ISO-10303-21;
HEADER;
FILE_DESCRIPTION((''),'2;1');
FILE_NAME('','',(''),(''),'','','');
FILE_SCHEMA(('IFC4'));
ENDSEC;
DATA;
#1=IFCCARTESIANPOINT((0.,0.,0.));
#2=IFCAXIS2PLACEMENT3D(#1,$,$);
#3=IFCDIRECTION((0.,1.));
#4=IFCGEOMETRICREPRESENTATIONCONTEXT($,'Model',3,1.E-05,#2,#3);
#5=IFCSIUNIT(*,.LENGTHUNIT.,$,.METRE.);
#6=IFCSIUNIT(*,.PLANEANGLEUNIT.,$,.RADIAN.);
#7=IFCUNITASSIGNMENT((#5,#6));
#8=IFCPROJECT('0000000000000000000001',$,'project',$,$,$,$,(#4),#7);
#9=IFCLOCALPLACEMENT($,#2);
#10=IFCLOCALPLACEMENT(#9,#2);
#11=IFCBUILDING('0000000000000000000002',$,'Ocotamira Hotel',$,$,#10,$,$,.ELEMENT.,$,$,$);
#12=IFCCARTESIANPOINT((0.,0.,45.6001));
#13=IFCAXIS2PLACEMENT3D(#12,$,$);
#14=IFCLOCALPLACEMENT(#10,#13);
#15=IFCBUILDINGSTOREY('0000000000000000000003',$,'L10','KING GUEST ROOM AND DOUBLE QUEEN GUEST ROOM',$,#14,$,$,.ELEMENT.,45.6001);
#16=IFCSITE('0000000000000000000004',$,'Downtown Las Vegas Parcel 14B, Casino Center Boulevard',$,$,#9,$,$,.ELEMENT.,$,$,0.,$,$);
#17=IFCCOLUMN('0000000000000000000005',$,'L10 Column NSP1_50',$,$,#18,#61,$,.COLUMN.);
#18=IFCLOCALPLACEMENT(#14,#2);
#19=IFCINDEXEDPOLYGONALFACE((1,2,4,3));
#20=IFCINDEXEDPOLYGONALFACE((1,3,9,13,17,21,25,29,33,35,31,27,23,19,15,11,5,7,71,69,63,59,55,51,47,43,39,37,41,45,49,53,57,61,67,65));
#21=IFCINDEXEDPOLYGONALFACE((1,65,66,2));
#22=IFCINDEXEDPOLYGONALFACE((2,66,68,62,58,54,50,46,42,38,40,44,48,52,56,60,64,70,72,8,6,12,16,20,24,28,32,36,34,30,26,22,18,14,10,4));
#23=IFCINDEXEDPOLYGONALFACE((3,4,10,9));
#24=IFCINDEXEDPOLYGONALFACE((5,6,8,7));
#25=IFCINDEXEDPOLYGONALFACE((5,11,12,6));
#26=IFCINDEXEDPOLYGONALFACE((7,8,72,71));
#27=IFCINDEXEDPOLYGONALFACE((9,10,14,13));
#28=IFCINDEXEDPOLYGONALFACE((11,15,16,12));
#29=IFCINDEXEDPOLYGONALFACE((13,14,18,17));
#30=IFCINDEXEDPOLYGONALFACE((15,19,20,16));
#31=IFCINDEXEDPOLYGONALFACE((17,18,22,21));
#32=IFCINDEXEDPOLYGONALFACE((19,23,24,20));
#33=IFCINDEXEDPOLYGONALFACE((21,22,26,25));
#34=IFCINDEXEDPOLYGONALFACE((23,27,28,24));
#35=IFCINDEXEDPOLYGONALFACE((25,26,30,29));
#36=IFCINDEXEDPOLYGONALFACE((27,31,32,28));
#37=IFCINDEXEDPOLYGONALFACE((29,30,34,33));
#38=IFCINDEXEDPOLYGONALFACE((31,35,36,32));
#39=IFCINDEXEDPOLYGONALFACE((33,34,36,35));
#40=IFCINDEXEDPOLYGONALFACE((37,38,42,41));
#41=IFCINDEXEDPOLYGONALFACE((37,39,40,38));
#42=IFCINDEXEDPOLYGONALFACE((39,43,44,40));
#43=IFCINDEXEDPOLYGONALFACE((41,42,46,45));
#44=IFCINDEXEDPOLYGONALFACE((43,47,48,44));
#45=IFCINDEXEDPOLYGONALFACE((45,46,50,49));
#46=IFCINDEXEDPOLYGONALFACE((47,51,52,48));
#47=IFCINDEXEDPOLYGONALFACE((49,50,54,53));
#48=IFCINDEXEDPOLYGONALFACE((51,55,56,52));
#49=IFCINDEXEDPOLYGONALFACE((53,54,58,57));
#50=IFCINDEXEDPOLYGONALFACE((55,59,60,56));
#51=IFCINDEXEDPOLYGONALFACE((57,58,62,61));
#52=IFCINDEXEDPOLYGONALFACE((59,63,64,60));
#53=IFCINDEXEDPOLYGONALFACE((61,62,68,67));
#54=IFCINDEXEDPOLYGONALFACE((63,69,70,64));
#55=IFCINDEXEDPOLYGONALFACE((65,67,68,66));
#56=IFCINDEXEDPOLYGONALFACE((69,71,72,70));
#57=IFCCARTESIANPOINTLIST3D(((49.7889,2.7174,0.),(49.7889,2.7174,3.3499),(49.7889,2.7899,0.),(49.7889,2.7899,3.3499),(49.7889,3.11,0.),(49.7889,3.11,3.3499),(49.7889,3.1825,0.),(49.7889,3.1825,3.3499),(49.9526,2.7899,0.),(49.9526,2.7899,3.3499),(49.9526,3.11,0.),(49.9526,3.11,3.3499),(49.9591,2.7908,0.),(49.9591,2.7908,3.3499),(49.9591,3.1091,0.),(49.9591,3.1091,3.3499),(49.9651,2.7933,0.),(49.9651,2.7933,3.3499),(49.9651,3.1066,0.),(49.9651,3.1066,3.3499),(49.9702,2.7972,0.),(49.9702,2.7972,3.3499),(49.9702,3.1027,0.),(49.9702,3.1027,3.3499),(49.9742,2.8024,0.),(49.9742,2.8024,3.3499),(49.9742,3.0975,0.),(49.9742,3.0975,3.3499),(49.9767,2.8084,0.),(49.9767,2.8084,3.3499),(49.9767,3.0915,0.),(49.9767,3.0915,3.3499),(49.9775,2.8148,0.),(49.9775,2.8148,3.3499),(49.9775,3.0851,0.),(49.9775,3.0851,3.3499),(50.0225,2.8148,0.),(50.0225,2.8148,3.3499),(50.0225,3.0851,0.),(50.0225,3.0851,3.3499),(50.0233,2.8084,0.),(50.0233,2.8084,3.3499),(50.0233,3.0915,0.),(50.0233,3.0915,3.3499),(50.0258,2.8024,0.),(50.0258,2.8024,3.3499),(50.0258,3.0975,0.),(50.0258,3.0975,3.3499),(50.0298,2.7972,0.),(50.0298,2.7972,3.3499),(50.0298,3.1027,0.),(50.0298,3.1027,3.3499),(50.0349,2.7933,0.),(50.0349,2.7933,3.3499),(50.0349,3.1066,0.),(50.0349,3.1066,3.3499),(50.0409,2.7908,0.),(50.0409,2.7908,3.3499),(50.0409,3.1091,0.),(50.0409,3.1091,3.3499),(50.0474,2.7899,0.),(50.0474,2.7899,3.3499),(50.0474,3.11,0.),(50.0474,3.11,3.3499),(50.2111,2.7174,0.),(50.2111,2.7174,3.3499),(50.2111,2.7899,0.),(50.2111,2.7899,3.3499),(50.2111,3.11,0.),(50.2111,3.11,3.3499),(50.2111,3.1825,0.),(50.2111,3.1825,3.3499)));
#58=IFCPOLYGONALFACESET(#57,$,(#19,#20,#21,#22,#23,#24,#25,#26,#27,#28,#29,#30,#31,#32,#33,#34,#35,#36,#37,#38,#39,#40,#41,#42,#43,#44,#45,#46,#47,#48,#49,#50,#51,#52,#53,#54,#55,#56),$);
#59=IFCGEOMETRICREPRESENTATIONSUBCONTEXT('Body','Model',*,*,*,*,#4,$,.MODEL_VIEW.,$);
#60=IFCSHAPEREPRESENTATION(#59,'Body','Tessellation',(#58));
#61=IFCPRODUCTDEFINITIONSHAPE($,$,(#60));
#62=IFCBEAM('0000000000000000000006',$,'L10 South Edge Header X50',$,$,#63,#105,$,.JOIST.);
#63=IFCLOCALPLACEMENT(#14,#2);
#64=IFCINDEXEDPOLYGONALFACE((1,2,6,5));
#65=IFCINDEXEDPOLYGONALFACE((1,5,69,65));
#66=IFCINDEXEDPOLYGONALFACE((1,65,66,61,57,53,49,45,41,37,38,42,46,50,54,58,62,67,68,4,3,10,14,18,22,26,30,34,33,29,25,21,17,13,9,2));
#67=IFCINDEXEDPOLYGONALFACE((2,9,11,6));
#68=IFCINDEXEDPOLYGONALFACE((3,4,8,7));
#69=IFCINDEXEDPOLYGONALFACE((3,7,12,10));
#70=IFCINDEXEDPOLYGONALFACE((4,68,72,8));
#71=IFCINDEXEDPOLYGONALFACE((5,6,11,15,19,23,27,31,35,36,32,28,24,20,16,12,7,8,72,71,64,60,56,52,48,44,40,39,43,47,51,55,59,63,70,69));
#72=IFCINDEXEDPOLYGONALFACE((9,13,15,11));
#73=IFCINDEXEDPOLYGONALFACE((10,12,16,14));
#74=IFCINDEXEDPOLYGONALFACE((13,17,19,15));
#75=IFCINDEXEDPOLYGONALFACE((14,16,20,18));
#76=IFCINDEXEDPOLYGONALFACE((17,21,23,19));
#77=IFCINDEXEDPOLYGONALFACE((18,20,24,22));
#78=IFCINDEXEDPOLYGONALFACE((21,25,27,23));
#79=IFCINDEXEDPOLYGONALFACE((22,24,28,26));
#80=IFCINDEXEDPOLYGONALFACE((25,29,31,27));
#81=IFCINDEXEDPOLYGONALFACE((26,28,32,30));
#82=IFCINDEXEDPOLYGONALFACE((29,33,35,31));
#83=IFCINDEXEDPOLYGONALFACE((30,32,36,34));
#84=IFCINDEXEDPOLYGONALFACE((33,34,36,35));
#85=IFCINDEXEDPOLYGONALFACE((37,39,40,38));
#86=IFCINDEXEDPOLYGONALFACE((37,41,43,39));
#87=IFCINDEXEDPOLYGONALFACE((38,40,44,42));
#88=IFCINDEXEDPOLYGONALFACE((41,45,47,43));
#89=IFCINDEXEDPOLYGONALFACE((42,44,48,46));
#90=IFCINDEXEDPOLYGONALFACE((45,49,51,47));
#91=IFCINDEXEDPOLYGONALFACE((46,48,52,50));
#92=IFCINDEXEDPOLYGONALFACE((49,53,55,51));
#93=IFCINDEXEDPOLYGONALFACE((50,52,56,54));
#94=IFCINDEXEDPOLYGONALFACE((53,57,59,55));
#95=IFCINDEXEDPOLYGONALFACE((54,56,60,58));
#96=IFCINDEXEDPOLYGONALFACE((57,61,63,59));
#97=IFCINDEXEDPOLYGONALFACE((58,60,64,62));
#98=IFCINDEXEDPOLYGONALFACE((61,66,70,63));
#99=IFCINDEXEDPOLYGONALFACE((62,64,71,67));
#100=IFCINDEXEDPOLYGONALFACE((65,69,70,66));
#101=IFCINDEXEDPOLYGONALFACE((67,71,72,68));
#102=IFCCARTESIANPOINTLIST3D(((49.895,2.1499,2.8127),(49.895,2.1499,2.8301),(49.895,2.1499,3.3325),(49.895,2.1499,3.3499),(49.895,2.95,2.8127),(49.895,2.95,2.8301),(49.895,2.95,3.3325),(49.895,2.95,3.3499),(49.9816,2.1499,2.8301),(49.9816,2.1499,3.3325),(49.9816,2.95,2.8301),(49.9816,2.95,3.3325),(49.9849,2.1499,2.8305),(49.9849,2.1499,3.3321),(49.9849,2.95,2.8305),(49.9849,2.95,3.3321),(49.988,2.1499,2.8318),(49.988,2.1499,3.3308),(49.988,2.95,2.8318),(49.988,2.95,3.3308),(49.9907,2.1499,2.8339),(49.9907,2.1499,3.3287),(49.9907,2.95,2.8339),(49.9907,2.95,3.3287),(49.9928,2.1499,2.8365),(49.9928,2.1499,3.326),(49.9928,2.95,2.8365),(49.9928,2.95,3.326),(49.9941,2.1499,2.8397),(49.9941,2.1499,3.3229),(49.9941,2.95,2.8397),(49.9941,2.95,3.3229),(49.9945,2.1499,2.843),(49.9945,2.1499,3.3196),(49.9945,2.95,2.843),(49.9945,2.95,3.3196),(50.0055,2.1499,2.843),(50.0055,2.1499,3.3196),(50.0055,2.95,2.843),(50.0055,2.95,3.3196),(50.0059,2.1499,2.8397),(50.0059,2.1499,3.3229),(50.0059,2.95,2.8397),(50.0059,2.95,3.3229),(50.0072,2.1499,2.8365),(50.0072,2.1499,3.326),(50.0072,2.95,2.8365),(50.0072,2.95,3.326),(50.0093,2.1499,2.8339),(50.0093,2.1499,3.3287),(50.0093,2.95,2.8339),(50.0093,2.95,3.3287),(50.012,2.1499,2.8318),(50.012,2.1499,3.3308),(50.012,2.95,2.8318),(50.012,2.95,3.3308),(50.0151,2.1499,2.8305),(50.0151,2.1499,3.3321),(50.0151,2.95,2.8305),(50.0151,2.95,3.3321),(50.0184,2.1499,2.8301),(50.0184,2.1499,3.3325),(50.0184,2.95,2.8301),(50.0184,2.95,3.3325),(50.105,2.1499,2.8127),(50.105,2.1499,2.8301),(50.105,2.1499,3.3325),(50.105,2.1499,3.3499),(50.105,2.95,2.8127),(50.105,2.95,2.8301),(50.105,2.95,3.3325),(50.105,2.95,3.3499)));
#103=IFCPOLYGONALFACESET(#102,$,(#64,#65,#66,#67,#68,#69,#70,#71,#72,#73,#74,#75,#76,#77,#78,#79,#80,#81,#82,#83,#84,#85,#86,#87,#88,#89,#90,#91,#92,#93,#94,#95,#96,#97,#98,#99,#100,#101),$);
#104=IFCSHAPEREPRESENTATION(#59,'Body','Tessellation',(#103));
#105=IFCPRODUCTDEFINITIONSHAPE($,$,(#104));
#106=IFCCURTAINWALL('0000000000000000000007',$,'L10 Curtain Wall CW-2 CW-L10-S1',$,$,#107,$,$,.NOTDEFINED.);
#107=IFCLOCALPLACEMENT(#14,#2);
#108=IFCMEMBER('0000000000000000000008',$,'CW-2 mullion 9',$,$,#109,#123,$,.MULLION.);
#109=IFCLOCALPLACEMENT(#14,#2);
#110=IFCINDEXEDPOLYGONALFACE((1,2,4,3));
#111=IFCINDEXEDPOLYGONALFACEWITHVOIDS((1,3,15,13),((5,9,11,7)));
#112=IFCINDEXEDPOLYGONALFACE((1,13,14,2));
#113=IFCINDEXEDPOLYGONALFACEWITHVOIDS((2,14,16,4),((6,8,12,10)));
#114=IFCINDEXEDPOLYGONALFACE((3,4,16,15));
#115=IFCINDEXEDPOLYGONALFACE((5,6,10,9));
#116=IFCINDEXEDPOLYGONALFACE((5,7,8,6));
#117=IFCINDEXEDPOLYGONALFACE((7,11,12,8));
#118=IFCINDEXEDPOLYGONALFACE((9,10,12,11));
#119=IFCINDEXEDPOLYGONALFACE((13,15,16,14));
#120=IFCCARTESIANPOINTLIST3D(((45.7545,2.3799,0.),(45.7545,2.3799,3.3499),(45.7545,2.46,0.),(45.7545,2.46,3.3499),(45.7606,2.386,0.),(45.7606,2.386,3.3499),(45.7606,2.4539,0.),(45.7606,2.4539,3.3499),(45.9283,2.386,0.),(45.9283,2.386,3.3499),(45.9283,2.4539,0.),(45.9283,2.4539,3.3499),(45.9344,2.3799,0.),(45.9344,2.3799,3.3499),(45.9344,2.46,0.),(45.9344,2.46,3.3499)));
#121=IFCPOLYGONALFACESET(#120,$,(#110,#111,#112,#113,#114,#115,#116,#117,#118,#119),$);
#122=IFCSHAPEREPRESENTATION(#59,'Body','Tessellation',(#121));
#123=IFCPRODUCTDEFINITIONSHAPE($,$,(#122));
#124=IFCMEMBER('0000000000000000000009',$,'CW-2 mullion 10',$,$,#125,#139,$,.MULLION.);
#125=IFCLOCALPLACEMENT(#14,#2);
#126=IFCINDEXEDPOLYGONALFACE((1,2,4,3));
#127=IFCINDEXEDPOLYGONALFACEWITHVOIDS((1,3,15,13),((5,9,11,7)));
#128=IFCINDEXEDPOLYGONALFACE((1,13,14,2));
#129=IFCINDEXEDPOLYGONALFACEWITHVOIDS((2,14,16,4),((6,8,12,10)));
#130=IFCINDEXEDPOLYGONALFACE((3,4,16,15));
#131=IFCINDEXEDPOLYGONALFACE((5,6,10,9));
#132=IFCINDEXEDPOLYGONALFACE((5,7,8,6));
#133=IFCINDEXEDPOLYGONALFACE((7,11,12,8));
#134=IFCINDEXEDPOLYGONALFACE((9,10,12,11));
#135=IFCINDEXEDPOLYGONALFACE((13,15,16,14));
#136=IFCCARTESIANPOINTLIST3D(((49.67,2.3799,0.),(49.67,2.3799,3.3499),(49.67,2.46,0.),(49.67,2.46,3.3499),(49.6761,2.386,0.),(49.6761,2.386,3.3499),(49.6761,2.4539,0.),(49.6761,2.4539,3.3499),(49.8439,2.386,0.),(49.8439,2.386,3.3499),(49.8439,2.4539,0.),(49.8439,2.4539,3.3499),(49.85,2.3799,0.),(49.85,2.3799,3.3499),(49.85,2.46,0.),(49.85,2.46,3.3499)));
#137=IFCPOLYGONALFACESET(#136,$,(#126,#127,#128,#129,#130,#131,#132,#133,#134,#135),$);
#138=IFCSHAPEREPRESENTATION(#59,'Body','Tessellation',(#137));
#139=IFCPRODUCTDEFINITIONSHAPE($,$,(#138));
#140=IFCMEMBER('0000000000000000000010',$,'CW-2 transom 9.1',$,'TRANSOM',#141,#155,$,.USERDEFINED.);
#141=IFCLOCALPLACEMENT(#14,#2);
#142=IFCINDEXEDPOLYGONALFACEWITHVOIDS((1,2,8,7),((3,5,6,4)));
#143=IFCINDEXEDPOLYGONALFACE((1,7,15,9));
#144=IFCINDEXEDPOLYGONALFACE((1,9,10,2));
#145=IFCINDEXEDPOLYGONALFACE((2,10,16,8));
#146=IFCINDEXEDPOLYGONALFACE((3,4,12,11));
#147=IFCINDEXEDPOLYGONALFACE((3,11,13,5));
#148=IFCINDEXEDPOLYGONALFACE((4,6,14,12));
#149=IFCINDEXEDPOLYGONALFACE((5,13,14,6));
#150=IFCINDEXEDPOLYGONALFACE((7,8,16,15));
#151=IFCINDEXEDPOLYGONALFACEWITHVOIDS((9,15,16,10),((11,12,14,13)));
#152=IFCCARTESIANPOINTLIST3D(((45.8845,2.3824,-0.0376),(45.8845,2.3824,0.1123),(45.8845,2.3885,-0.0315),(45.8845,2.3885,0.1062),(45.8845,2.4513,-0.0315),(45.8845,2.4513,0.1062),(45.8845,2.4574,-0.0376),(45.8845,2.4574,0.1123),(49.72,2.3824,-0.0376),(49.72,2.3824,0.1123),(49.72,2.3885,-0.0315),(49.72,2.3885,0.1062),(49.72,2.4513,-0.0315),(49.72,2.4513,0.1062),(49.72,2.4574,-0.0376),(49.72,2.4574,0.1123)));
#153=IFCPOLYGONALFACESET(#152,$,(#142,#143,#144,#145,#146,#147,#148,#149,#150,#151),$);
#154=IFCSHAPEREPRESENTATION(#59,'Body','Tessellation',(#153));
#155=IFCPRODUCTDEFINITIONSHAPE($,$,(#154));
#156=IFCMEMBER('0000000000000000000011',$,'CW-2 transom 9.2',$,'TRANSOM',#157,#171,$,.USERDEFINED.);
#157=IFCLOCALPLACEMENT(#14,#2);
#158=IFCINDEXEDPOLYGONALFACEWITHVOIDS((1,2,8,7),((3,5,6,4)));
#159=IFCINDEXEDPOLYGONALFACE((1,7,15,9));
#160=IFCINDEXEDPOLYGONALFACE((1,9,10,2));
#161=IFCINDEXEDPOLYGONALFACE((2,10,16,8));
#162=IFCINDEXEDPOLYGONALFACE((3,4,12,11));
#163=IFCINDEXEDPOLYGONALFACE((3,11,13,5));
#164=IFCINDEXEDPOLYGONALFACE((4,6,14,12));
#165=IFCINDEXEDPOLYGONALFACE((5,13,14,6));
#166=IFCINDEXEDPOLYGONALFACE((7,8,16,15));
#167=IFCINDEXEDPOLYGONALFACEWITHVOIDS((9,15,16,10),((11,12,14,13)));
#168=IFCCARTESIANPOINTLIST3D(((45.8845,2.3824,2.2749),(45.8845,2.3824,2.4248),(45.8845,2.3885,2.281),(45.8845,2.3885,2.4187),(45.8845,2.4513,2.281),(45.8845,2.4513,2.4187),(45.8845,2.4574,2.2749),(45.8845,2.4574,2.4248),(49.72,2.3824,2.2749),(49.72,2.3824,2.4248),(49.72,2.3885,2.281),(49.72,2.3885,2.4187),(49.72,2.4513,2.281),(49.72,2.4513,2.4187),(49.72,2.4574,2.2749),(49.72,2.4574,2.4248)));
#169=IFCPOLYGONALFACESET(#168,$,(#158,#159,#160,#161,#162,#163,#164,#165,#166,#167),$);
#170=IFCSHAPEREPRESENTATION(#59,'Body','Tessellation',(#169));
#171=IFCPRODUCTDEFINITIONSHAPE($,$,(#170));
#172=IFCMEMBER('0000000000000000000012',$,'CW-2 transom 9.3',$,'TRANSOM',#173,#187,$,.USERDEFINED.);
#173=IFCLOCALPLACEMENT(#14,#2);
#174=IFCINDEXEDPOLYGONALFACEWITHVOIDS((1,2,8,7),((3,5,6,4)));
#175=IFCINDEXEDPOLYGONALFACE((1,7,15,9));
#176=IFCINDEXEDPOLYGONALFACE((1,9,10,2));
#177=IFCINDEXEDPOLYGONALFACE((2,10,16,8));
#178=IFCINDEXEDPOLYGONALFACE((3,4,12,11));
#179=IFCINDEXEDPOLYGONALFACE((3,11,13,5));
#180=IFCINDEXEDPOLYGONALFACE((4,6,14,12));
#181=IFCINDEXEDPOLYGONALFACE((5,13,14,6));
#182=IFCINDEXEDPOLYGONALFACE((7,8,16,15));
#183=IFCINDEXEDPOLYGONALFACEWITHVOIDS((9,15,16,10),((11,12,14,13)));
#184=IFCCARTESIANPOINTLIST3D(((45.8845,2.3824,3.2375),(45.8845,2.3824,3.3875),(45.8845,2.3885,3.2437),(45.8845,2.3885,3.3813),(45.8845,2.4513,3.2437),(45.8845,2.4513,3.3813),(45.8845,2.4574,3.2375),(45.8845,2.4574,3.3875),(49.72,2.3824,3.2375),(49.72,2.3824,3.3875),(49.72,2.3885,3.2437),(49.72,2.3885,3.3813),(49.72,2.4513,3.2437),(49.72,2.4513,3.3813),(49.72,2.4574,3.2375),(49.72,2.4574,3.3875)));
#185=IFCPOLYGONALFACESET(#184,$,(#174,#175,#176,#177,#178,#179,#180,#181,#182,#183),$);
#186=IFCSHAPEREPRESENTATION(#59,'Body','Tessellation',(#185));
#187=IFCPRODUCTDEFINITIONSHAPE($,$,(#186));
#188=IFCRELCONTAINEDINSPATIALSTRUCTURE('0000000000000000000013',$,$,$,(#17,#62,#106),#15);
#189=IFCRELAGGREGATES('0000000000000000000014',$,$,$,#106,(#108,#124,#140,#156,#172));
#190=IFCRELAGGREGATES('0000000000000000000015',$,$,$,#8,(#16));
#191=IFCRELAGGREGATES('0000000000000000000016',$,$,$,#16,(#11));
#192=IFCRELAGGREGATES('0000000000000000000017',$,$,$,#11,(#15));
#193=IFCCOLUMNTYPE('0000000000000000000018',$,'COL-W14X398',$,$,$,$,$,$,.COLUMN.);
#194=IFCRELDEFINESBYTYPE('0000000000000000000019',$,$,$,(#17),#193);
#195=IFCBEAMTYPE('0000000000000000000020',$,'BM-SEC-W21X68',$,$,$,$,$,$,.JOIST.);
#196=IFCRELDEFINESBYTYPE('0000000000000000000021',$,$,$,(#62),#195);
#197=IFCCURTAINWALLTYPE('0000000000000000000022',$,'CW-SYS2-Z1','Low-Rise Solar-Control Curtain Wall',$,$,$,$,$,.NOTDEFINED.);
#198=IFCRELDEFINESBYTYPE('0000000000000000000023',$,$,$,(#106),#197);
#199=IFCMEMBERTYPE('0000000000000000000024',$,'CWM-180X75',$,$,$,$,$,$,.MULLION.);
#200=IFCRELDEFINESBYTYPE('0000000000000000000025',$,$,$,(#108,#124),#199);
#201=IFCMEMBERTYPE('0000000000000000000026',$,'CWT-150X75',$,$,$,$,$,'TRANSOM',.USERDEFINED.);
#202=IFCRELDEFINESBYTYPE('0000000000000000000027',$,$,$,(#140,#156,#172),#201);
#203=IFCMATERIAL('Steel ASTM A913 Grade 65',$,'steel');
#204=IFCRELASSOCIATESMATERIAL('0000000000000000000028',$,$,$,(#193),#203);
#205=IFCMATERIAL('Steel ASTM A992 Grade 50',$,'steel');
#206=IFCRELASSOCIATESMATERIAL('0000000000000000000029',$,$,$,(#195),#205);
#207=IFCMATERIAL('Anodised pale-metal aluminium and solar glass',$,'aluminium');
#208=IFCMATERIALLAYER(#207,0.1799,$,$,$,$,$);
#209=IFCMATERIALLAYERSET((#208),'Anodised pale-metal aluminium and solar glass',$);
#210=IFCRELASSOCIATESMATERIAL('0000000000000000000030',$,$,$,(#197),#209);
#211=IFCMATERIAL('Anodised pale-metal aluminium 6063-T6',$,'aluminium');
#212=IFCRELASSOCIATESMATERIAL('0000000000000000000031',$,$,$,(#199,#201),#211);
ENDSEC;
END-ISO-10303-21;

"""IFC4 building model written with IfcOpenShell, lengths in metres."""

from ifc_helpers import new_model, si_unit, direction, frame, origin, origin_2d, place, context, subcontext, project, spatial, hollow_rectangle, i_section, extrude, source, transform, mapped, material, layer, layer_set, material_profile, profile_set, type_object, element, aggregate, save


model = new_model("IFC4")

# Units and contexts
model_context = context("Model", 3, precision=1e-05, world=origin(), true_north=direction((0.0, 1.0)))
body_context = subcontext(model_context, "Body", "Model", "MODEL_VIEW")
ifc_project = project(units=[si_unit("LENGTHUNIT", "METRE"), si_unit("PLANEANGLEUNIT", "RADIAN")], contexts=[model_context])

# Site, building, storey
site_placement = place(None, origin())
site = spatial("IfcSite", under=ifc_project, at=site_placement, Name="Downtown Las Vegas Parcel 14B, Casino Center Boulevard", CompositionType="ELEMENT", RefElevation=0.0)
building_placement = place(site_placement, origin())
building = spatial("IfcBuilding", under=site, at=building_placement, Name="Ocotamira Hotel", CompositionType="ELEMENT")
storey_placement = place(building_placement, frame((0.0, 0.0, 45.6001)))
storey = spatial("IfcBuildingStorey", under=building, at=storey_placement, Name="L10", Description="KING GUEST ROOM AND DOUBLE QUEEN GUEST ROOM", CompositionType="ELEMENT", Elevation=45.6001)

# Column
ifc_material_1 = material(Name="Steel ASTM A913 Grade 65", Category="steel")
ifc_material_profile_1 = material_profile(ifc_material_1, i_section(OverallWidth=0.4221, OverallDepth=0.4651, WebThickness=0.0449, FlangeThickness=0.0725, FilletRadius=0.0249, at=origin_2d()), Name="W14X398")
ifc_profile_set_1 = profile_set([ifc_material_profile_1], Name="Steel ASTM A913 Grade 65")
column_type = type_object("IfcColumnType", Name="COL-W14X398", PredefinedType="COLUMN", material=ifc_profile_set_1)
shared_shape_1 = source(origin(), body_context, "Body", "SweptSolid", [
    extrude(i_section(OverallWidth=0.4221, OverallDepth=0.4651, WebThickness=0.0449, FlangeThickness=0.0725, FilletRadius=0.0249, at=origin_2d()), origin(), (0.0, 0.0, 1.0), 3.3499),
])
column_placement = place(storey_placement, frame((50.0, 2.95, 0.0), z_axis=(0.0, 0.0, 1.0), x_axis=(1.0, 0.0, 0.0)))
element("IfcColumn", 1, at=column_placement, inside=storey, type_object=column_type, Name="L10 Column NSP1_50", PredefinedType="COLUMN", context=body_context, shape_type="MappedRepresentation", body=[
    mapped(shared_shape_1, transform((0.0, 0.0, 0.0), scale=1.0)),
])

# Beam
ifc_material_2 = material(Name="Steel ASTM A992 Grade 50", Category="steel")
ifc_material_profile_2 = material_profile(ifc_material_2, i_section(OverallWidth=0.21, OverallDepth=0.5371, WebThickness=0.011, FlangeThickness=0.0173, FilletRadius=0.0129, at=origin_2d()), Name="W21X68")
ifc_profile_set_2 = profile_set([ifc_material_profile_2], Name="Steel ASTM A992 Grade 50")
beam_type = type_object("IfcBeamType", Name="BM-SEC-W21X68", PredefinedType="JOIST", material=ifc_profile_set_2)
shared_shape_2 = source(origin(), body_context, "Body", "SweptSolid", [
    extrude(i_section(OverallWidth=0.21, OverallDepth=0.5371, WebThickness=0.011, FlangeThickness=0.0173, FilletRadius=0.0129, at=origin_2d()), origin(), (0.0, 0.0, 1.0), 0.8),
])
beam_placement = place(storey_placement, frame((50.0, 2.95, 3.0813), z_axis=(0.0, -1.0, 0.0), x_axis=(1.0, 0.0, 0.0)))
element("IfcBeam", 2, at=beam_placement, inside=storey, type_object=beam_type, Name="L10 South Edge Header X50", PredefinedType="JOIST", context=body_context, shape_type="MappedRepresentation", body=[
    mapped(shared_shape_2, transform((0.0, 0.0, 0.0), scale=1.0)),
])

# Curtain wall, members
ifc_material_3 = material(Name="Anodised pale-metal aluminium and solar glass", Category="aluminium")
ifc_layer_1 = layer(ifc_material_3, 0.1799)
ifc_layer_set_1 = layer_set([ifc_layer_1], Name="Anodised pale-metal aluminium and solar glass")
curtain_wall_type = type_object("IfcCurtainWallType", Name="CW-SYS2-Z1", Description="Low-Rise Solar-Control Curtain Wall", PredefinedType="NOTDEFINED", material=ifc_layer_set_1)
curtain_wall_placement = place(storey_placement, origin())
curtain_wall = element("IfcCurtainWall", 3, at=curtain_wall_placement, inside=storey, type_object=curtain_wall_type, Name="L10 Curtain Wall CW-2 CW-L10-S1", PredefinedType="NOTDEFINED")
ifc_material_4 = material(Name="Anodised pale-metal aluminium 6063-T6", Category="aluminium")
ifc_material_profile_3 = material_profile(ifc_material_4, hollow_rectangle(XDim=0.0801, YDim=0.1799, WallThickness=0.0061, at=origin_2d()), Name="HSS180X80X6")
ifc_profile_set_3 = profile_set([ifc_material_profile_3], Name="Anodised pale-metal aluminium 6063-T6")
member_type_1 = type_object("IfcMemberType", Name="CWM-180X75", PredefinedType="MULLION", material=ifc_profile_set_3)
shared_shape_3 = source(origin(), body_context, "Body", "SweptSolid", [
    extrude(hollow_rectangle(XDim=0.0801, YDim=0.1799, WallThickness=0.0061, at=origin_2d()), origin(), (0.0, 0.0, 1.0), 3.3499),
])
member_1_placement = place(storey_placement, frame((45.8445, 2.4199, 0.0), z_axis=(0.0, 0.0, 1.0), x_axis=(0.0, 1.0, 0.0)))
member_1 = element("IfcMember", 4, at=member_1_placement, type_object=member_type_1, Name="CW-2 mullion 9", PredefinedType="MULLION", context=body_context, shape_type="MappedRepresentation", body=[
    mapped(shared_shape_3, transform((0.0, 0.0, 0.0), scale=1.0)),
])
member_2_placement = place(storey_placement, frame((49.76, 2.4199, 0.0), z_axis=(0.0, 0.0, 1.0), x_axis=(0.0, 1.0, 0.0)))
member_2 = element("IfcMember", 5, at=member_2_placement, type_object=member_type_1, Name="CW-2 mullion 10", PredefinedType="MULLION", context=body_context, shape_type="MappedRepresentation", body=[
    mapped(shared_shape_3, transform((0.0, 0.0, 0.0), scale=1.0)),
])
ifc_material_profile_4 = material_profile(ifc_material_4, hollow_rectangle(XDim=0.075, YDim=0.1499, WallThickness=0.0061, at=origin_2d()), Name="HSS150X75X6")
ifc_profile_set_4 = profile_set([ifc_material_profile_4], Name="Anodised pale-metal aluminium 6063-T6")
member_type_2 = type_object("IfcMemberType", Name="CWT-150X75", ElementType="TRANSOM", PredefinedType="USERDEFINED", material=ifc_profile_set_4)
shared_shape_4 = source(origin(), body_context, "Body", "SweptSolid", [
    extrude(hollow_rectangle(XDim=0.075, YDim=0.1499, WallThickness=0.0061, at=origin_2d()), origin(), (0.0, 0.0, 1.0), 3.8354),
])
member_3_placement = place(storey_placement, frame((45.8845, 2.4199, 0.0374), z_axis=(1.0, 0.0, 0.0), x_axis=(0.0, 1.0, 0.0)))
member_3 = element("IfcMember", 6, at=member_3_placement, type_object=member_type_2, Name="CW-2 transom 9.1", ObjectType="TRANSOM", PredefinedType="USERDEFINED", context=body_context, shape_type="MappedRepresentation", body=[
    mapped(shared_shape_4, transform((0.0, 0.0, 0.0), scale=1.0)),
])
member_4_placement = place(storey_placement, frame((45.8845, 2.4199, 2.3499), z_axis=(1.0, 0.0, 0.0), x_axis=(0.0, 1.0, 0.0)))
member_4 = element("IfcMember", 7, at=member_4_placement, type_object=member_type_2, Name="CW-2 transom 9.2", ObjectType="TRANSOM", PredefinedType="USERDEFINED", context=body_context, shape_type="MappedRepresentation", body=[
    mapped(shared_shape_4, transform((0.0, 0.0, 0.0), scale=1.0)),
])
member_5_placement = place(storey_placement, frame((45.8845, 2.4199, 3.3125), z_axis=(1.0, 0.0, 0.0), x_axis=(0.0, 1.0, 0.0)))
member_5 = element("IfcMember", 8, at=member_5_placement, type_object=member_type_2, Name="CW-2 transom 9.3", ObjectType="TRANSOM", PredefinedType="USERDEFINED", context=body_context, shape_type="MappedRepresentation", body=[
    mapped(shared_shape_4, transform((0.0, 0.0, 0.0), scale=1.0)),
])

aggregate(curtain_wall, [member_1, member_2, member_3, member_4, member_5])

save(model, "model.ifc")
